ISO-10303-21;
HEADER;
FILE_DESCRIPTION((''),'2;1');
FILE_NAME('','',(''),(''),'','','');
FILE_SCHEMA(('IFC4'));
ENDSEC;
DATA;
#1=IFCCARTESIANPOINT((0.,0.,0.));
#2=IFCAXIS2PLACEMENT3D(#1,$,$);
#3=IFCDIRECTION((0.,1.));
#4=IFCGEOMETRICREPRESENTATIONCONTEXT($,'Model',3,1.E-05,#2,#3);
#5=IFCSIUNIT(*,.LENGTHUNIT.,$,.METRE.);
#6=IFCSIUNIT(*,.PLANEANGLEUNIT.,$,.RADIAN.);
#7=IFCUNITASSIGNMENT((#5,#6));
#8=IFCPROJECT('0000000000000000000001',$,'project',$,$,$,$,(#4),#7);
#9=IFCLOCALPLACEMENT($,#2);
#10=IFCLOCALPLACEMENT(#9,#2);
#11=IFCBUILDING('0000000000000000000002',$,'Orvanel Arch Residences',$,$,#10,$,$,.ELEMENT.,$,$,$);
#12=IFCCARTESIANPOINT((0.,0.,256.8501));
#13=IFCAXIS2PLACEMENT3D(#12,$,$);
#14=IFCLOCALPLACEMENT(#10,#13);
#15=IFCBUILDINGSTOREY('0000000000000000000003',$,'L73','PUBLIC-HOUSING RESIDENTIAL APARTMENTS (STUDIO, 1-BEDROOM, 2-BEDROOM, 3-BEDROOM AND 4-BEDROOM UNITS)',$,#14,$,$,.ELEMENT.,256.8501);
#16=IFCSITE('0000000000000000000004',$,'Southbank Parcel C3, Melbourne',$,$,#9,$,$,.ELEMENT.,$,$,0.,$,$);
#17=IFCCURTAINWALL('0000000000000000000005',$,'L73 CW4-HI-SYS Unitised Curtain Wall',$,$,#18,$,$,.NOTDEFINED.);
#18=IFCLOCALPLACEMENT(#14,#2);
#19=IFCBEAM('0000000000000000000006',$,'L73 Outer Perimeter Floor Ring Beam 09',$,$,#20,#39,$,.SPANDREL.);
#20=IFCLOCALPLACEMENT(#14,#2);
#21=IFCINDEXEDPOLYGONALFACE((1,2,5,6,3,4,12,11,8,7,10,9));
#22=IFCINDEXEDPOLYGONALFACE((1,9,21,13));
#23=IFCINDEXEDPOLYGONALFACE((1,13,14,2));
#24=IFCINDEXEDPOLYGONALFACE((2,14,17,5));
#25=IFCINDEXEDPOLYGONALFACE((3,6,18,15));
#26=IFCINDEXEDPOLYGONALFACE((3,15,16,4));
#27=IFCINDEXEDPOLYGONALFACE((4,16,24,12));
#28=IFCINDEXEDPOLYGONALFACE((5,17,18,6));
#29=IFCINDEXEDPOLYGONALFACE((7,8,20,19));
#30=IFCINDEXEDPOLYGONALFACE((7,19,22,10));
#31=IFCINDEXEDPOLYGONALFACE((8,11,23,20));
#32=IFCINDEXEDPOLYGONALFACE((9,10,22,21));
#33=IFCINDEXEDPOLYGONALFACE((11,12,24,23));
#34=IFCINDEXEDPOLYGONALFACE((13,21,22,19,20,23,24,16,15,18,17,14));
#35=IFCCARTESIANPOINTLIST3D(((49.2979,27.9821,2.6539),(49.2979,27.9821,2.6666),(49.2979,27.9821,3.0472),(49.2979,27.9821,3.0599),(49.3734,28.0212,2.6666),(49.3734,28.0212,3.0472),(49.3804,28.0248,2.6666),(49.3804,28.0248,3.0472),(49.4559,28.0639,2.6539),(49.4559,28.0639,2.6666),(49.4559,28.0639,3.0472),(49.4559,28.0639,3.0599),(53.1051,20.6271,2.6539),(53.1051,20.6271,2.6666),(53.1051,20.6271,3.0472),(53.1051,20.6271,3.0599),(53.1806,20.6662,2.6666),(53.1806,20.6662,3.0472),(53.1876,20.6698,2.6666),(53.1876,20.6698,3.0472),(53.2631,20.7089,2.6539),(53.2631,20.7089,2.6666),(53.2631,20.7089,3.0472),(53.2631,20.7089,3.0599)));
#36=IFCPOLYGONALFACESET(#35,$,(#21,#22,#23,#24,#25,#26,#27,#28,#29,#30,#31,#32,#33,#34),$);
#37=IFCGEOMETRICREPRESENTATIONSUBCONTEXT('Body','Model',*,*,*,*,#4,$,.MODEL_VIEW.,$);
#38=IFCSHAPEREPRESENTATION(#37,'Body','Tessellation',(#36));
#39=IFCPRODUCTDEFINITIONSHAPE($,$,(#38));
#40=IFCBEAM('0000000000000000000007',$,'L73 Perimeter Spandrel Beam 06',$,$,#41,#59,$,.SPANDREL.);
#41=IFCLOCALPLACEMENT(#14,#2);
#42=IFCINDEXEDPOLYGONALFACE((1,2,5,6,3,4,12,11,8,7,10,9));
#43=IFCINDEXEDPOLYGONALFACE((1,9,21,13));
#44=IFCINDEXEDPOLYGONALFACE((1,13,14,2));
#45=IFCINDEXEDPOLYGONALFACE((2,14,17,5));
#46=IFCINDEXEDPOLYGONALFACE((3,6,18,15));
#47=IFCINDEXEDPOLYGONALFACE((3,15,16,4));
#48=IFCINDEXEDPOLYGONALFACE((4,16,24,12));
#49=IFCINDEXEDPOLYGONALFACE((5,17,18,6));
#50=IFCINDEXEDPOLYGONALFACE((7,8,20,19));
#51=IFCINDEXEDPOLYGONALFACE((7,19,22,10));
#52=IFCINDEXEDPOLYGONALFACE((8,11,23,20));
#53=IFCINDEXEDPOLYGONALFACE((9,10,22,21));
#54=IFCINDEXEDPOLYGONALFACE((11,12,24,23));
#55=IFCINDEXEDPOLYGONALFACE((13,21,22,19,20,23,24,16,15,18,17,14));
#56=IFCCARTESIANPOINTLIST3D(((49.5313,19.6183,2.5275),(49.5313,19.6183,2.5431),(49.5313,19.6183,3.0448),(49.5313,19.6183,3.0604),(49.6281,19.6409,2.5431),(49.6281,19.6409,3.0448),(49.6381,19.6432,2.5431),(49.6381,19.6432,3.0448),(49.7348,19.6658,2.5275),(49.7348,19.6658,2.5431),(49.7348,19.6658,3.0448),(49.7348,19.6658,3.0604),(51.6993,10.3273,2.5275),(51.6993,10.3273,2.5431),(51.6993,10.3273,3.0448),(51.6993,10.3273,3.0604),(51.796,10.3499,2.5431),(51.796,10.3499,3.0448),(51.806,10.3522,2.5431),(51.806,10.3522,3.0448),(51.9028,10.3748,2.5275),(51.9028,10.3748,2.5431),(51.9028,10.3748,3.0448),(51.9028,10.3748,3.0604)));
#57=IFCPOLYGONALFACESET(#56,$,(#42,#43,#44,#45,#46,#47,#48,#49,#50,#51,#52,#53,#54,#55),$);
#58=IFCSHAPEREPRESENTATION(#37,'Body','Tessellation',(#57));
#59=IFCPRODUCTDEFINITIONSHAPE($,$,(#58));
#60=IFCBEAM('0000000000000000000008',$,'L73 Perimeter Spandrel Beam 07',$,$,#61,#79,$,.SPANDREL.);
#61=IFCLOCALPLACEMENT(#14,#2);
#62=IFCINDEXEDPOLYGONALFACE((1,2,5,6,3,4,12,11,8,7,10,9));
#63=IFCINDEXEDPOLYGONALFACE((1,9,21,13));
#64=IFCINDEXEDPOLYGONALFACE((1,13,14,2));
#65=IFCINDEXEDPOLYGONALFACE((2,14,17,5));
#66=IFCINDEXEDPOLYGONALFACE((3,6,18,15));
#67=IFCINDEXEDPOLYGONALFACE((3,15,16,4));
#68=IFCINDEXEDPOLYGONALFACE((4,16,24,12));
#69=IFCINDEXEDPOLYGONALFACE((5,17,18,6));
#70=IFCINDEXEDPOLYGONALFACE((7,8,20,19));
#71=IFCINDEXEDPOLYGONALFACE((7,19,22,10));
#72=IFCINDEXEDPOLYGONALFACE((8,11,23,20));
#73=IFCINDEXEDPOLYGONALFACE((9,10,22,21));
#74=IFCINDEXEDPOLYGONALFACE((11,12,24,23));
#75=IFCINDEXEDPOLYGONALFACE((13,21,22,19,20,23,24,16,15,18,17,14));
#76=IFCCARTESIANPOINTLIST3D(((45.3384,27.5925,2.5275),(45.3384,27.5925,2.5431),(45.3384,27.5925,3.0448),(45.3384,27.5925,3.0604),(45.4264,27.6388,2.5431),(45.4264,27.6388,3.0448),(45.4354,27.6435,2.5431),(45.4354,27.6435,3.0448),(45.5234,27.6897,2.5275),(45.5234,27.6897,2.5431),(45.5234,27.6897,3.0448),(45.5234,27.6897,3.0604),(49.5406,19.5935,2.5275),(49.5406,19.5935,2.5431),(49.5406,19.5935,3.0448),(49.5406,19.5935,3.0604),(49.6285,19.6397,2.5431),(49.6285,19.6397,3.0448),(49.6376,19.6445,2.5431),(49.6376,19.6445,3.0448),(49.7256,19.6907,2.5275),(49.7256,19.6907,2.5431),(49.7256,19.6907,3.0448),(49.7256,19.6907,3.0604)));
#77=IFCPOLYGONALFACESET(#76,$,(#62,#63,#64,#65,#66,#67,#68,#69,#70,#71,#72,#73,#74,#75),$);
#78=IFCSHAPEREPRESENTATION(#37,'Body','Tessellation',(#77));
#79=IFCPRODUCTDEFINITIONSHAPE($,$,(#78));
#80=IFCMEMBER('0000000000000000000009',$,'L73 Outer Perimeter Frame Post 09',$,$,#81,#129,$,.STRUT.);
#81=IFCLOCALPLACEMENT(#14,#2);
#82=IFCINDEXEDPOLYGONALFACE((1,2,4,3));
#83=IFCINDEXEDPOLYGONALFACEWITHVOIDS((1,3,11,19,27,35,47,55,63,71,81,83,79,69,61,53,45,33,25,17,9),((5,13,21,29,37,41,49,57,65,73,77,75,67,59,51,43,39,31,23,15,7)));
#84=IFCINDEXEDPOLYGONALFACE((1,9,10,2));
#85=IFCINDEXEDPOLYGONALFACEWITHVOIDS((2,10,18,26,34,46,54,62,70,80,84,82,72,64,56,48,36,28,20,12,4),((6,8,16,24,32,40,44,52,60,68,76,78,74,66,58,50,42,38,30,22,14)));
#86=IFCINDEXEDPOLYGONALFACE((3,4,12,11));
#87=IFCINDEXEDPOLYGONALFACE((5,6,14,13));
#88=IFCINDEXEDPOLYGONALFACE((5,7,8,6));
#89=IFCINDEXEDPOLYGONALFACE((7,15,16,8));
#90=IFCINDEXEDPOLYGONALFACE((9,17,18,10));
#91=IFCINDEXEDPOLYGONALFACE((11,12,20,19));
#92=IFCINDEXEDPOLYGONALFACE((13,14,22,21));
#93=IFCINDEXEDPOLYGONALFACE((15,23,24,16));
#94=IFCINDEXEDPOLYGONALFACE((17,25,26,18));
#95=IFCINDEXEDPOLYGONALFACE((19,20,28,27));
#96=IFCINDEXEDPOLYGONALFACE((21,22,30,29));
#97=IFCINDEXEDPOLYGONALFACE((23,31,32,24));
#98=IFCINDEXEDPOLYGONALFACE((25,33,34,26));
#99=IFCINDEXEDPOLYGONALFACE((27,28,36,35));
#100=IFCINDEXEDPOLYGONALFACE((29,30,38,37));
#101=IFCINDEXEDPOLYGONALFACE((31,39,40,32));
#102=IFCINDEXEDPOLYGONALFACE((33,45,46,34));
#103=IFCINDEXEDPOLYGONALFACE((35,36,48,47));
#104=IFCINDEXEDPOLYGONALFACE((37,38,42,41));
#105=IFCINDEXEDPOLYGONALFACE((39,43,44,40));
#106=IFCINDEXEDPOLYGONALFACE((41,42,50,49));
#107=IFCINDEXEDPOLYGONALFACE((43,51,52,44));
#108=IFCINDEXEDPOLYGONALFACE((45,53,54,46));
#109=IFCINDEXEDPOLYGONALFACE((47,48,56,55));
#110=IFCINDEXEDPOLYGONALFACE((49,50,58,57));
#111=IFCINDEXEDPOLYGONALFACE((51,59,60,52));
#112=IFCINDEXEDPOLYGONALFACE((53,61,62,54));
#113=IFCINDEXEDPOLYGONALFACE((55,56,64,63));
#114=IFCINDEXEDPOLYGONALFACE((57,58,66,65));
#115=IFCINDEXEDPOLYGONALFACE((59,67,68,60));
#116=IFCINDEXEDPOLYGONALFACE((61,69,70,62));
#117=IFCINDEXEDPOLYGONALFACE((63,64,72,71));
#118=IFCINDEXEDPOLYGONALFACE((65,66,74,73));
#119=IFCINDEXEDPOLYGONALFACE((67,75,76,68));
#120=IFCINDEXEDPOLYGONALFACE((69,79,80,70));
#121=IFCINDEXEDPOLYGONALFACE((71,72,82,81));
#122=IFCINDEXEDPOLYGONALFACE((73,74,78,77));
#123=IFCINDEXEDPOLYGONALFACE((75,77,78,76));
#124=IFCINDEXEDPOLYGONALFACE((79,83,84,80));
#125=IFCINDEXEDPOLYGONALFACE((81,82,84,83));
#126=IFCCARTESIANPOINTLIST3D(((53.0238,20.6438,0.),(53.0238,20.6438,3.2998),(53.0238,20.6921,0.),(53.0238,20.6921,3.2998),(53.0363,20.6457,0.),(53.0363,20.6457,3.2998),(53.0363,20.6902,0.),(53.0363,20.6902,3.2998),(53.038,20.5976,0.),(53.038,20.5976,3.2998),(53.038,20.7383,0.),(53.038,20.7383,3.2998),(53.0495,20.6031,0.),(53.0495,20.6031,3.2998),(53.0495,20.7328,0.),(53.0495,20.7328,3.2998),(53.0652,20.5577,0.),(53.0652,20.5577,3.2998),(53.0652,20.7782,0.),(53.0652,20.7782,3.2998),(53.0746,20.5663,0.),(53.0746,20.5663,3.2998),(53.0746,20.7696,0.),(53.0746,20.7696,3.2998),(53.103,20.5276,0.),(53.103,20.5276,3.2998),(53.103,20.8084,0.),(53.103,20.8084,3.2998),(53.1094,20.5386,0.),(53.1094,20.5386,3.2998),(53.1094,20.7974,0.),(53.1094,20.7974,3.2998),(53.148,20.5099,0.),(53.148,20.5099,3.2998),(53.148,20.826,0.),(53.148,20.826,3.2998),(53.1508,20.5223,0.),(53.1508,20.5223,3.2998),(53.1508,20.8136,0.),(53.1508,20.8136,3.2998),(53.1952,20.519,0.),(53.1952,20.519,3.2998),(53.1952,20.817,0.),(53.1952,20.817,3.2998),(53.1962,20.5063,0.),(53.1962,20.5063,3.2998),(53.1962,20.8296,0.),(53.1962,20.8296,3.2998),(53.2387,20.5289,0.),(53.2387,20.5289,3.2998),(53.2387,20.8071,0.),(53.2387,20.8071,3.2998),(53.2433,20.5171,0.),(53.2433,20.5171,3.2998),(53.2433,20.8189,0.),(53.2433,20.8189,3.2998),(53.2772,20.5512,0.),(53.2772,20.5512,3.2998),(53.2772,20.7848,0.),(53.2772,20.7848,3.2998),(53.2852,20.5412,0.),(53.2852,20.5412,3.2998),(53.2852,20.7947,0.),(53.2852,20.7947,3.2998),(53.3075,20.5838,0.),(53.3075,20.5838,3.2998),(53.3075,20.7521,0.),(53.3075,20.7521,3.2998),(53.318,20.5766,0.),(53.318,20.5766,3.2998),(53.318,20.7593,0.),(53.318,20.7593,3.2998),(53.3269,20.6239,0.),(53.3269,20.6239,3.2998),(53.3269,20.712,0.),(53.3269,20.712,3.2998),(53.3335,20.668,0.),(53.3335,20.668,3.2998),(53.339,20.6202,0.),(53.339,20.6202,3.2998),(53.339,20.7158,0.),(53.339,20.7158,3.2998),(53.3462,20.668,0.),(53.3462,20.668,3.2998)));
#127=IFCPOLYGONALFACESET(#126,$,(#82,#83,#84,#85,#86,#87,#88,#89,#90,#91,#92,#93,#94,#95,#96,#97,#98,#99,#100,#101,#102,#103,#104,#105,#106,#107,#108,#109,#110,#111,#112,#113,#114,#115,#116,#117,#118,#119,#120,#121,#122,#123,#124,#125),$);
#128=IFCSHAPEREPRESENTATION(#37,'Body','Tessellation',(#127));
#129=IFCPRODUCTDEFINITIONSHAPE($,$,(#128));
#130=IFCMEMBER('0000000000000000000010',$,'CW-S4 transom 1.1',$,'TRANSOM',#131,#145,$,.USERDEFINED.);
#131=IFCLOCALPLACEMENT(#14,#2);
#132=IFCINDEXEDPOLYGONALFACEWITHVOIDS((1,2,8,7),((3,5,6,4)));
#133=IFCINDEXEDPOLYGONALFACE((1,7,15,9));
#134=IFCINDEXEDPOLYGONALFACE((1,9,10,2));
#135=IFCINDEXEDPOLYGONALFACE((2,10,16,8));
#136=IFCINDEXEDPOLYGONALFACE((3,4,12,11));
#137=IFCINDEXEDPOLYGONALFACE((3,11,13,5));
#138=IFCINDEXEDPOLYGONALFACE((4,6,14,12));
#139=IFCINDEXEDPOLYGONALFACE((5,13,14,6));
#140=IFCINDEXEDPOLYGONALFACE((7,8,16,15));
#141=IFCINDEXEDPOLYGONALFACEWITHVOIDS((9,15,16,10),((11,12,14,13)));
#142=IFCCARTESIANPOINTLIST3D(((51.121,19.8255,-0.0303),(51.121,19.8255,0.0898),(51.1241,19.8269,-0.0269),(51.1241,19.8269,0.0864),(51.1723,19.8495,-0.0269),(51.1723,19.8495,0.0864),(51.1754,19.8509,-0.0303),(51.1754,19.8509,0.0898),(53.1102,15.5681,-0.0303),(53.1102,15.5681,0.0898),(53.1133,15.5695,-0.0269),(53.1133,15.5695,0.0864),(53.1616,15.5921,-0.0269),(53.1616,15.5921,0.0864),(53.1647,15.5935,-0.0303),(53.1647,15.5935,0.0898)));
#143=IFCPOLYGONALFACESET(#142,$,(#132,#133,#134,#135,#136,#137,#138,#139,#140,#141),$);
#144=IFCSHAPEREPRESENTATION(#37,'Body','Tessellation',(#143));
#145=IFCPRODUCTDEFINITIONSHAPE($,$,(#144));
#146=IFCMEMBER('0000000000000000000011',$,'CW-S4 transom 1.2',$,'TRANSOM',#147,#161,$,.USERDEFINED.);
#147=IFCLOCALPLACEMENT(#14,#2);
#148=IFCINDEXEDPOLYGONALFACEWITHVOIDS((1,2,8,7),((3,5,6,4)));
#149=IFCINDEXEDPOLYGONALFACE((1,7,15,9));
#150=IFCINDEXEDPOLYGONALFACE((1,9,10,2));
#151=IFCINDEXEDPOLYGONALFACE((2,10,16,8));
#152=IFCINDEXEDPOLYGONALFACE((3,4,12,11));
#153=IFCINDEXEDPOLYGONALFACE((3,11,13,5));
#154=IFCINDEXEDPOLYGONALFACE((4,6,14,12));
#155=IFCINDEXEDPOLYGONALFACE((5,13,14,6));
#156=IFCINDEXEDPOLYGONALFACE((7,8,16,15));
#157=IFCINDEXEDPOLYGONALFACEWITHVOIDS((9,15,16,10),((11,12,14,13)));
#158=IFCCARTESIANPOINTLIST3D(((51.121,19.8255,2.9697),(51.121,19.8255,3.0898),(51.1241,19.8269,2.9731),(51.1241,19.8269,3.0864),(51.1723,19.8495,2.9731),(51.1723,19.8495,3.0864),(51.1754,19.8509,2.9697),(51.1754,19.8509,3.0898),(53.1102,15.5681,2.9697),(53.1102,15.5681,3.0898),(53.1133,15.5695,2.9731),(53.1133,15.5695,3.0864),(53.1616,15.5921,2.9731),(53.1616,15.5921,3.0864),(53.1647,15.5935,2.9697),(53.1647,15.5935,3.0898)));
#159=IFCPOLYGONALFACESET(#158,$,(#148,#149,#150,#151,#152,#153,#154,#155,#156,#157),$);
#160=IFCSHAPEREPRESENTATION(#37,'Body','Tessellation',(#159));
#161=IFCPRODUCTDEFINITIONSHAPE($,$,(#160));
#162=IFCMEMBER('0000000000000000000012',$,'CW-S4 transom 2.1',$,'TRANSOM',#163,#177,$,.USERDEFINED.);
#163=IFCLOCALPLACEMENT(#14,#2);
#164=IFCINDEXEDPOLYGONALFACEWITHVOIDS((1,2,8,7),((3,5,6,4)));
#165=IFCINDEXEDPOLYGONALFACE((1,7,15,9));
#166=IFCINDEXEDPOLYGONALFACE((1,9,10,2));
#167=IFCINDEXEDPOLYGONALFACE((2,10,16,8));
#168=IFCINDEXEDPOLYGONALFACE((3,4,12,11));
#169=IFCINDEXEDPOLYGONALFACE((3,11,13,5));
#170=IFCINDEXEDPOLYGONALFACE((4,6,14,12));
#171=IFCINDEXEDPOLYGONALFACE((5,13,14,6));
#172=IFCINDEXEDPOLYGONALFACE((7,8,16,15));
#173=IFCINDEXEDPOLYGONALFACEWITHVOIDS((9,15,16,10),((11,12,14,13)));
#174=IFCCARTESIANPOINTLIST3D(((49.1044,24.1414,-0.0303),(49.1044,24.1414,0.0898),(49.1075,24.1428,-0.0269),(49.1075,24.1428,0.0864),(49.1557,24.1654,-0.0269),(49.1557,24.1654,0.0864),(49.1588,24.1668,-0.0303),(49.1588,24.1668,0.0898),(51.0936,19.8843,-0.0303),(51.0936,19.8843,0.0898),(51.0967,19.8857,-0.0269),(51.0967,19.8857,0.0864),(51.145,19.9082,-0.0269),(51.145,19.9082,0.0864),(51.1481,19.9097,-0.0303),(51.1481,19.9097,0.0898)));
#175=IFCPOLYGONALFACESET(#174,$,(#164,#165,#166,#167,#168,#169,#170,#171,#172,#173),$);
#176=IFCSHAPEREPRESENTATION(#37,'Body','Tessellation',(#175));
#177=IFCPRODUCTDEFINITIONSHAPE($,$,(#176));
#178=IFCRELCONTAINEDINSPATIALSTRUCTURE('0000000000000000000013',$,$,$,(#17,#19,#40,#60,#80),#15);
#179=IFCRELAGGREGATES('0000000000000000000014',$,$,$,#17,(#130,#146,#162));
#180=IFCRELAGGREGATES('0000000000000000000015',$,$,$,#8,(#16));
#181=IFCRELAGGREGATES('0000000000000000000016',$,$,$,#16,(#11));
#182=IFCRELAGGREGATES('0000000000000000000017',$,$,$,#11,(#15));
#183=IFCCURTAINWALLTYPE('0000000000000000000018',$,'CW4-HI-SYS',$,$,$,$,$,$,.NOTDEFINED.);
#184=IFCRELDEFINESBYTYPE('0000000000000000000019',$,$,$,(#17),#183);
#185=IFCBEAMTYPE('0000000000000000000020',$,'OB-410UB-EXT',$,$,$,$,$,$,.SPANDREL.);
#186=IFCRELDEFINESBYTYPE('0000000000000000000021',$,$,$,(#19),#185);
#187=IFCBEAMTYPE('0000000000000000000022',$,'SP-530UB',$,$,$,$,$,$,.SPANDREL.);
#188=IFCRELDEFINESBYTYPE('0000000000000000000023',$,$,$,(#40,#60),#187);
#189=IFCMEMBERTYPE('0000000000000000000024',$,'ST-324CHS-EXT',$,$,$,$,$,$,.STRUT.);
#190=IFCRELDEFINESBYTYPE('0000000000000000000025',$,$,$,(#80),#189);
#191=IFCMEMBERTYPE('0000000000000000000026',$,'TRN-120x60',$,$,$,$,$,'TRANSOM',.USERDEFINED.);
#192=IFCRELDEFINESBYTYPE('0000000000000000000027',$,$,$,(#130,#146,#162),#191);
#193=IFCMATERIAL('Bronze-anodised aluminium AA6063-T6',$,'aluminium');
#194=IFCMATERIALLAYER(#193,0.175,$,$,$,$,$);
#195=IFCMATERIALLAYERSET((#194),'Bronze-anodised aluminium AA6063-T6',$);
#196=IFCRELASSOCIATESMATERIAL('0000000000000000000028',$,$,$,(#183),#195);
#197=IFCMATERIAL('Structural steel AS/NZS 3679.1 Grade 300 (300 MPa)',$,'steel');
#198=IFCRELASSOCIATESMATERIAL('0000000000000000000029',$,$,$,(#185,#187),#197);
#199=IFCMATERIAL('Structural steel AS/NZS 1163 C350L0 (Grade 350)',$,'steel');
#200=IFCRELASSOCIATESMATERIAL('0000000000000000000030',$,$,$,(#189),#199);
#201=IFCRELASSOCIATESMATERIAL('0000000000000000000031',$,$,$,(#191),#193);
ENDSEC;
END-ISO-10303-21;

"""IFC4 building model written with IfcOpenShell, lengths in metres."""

from ifc_helpers import new_model, si_unit, direction, frame, origin, origin_2d, place, context, subcontext, project, spatial, hollow_rectangle, hollow_circle, i_section, extrude, material, layer, layer_set, material_profile, profile_set, type_object, element, aggregate, save


model = new_model("IFC4")

# Units and contexts
model_context = context("Model", 3, precision=1e-05, world=origin(), true_north=direction((0.0, 1.0)))
body_context = subcontext(model_context, "Body", "Model", "MODEL_VIEW")
ifc_project = project(units=[si_unit("LENGTHUNIT", "METRE"), si_unit("PLANEANGLEUNIT", "RADIAN")], contexts=[model_context])

# Site, building, storey
site_placement = place(None, origin())
site = spatial("IfcSite", under=ifc_project, at=site_placement, Name="Southbank Parcel C3, Melbourne", CompositionType="ELEMENT", RefElevation=0.0)
building_placement = place(site_placement, origin())
building = spatial("IfcBuilding", under=site, at=building_placement, Name="Orvanel Arch Residences", CompositionType="ELEMENT")
storey_placement = place(building_placement, frame((0.0, 0.0, 256.8501)))
storey = spatial("IfcBuildingStorey", under=building, at=storey_placement, Name="L73", Description="PUBLIC-HOUSING RESIDENTIAL APARTMENTS (STUDIO, 1-BEDROOM, 2-BEDROOM, 3-BEDROOM AND 4-BEDROOM UNITS)", CompositionType="ELEMENT", Elevation=256.8501)

# Shared definitions
ifc_material_1 = material(Name="Bronze-anodised aluminium AA6063-T6", Category="aluminium")

# Shared definitions
ifc_layer_1 = layer(ifc_material_1, 0.175)
ifc_layer_set_1 = layer_set([ifc_layer_1], Name="Bronze-anodised aluminium AA6063-T6")
curtain_wall_type_1 = type_object("IfcCurtainWallType", Name="CW4-HI-SYS", PredefinedType="NOTDEFINED", material=ifc_layer_set_1)

# Curtain wall
curtain_wall_1_placement = place(storey_placement, origin())
curtain_wall_1 = element("IfcCurtainWall", 1, at=curtain_wall_1_placement, inside=storey, type_object=curtain_wall_type_1, Name="L73 CW4-HI-SYS Unitised Curtain Wall", PredefinedType="NOTDEFINED")

# Beams
ifc_material_2 = material(Name="Structural steel AS/NZS 3679.1 Grade 300 (300 MPa)", Category="steel")
ifc_material_profile_1 = material_profile(ifc_material_2, i_section(OverallWidth=0.178, OverallDepth=0.406, WebThickness=0.0078, FlangeThickness=0.0127, at=origin_2d()), Name="410UB59.7")
ifc_profile_set_1 = profile_set([ifc_material_profile_1], Name="Structural steel AS/NZS 3679.1 Grade 300 (300 MPa)")
beam_type_1 = type_object("IfcBeamType", Name="OB-410UB-EXT", PredefinedType="SPANDREL", material=ifc_profile_set_1)
beam_1_placement = place(storey_placement, frame((53.1841, 20.668, 2.8569), z_axis=(-0.459692, 0.888078, 0.0), x_axis=(-0.888078, -0.459692, 0.0)))
element("IfcBeam", 2, at=beam_1_placement, inside=storey, type_object=beam_type_1, Name="L73 Outer Perimeter Floor Ring Beam 09", PredefinedType="SPANDREL", context=body_context, shape_type="SweptSolid", body=[
    extrude(i_section(OverallWidth=0.178, OverallDepth=0.406, WebThickness=0.0078, FlangeThickness=0.0127, at=origin_2d()), origin(), (0.0, 0.0, 1.0), 8.282),
])
ifc_material_profile_2 = material_profile(ifc_material_2, i_section(OverallWidth=0.209, OverallDepth=0.533, WebThickness=0.0103, FlangeThickness=0.0156, at=origin_2d()), Name="530UB92.4")
ifc_profile_set_2 = profile_set([ifc_material_profile_2], Name="Structural steel AS/NZS 3679.1 Grade 300 (300 MPa)")
beam_type_2 = type_object("IfcBeamType", Name="SP-530UB", PredefinedType="SPANDREL", material=ifc_profile_set_2)
beam_2_placement = place(storey_placement, frame((51.801, 10.3511, 2.7939), z_axis=(-0.227236, 0.97384, 0.0), x_axis=(-0.97384, -0.227236, 0.0)))
element("IfcBeam", 3, at=beam_2_placement, inside=storey, type_object=beam_type_2, Name="L73 Perimeter Spandrel Beam 06", PredefinedType="SPANDREL", context=body_context, shape_type="SweptSolid", body=[
    extrude(i_section(OverallWidth=0.209, OverallDepth=0.533, WebThickness=0.0103, FlangeThickness=0.0156, at=origin_2d()), origin(), (0.0, 0.0, 1.0), 9.5405),
])
beam_3_placement = place(storey_placement, frame((49.6331, 19.6421, 2.7939), z_axis=(-0.465065, 0.885277, 0.0), x_axis=(-0.885277, -0.465065, 0.0)))
element("IfcBeam", 4, at=beam_3_placement, inside=storey, type_object=beam_type_2, Name="L73 Perimeter Spandrel Beam 07", PredefinedType="SPANDREL", context=body_context, shape_type="SweptSolid", body=[
    extrude(i_section(OverallWidth=0.209, OverallDepth=0.533, WebThickness=0.0103, FlangeThickness=0.0156, at=origin_2d()), origin(), (0.0, 0.0, 1.0), 9.0356),
])

# Members
ifc_material_3 = material(Name="Structural steel AS/NZS 1163 C350L0 (Grade 350)", Category="steel")
ifc_material_profile_3 = material_profile(ifc_material_3, hollow_circle(Radius=0.1621, WallThickness=0.0127, at=origin_2d()), Name="CHS324x12.7")
ifc_profile_set_3 = profile_set([ifc_material_profile_3], Name="Structural steel AS/NZS 1163 C350L0 (Grade 350)")
member_type_1 = type_object("IfcMemberType", Name="ST-324CHS-EXT", PredefinedType="STRUT", material=ifc_profile_set_3)
member_1_placement = place(storey_placement, frame((53.1841, 20.668, 0.0), z_axis=(0.0, 0.0, 1.0), x_axis=(1.0, 0.0, 0.0)))
element("IfcMember", 5, at=member_1_placement, inside=storey, type_object=member_type_1, Name="L73 Outer Perimeter Frame Post 09", PredefinedType="STRUT", context=body_context, shape_type="SweptSolid", body=[
    extrude(hollow_circle(Radius=0.1621, WallThickness=0.0127, at=origin_2d()), origin(), (0.0, 0.0, 1.0), 3.2998),
])
ifc_material_profile_4 = material_profile(ifc_material_1, hollow_rectangle(XDim=0.0601, YDim=0.1201, WallThickness=0.0034, at=origin_2d()), Name="ALU120x60x3.5")
ifc_profile_set_4 = profile_set([ifc_material_profile_4], Name="Bronze-anodised aluminium AA6063-T6")
member_type_2 = type_object("IfcMemberType", Name="TRN-120x60", ElementType="TRANSOM", PredefinedType="USERDEFINED", material=ifc_profile_set_4)
member_2_placement = place(storey_placement, frame((53.1375, 15.5808, 0.0298), z_axis=(-0.423323, 0.905979, 0.0), x_axis=(-0.905979, -0.423323, 0.0)))
member_2 = element("IfcMember", 6, at=member_2_placement, type_object=member_type_2, Name="CW-S4 transom 1.1", ObjectType="TRANSOM", PredefinedType="USERDEFINED", context=body_context, shape_type="SweptSolid", body=[
    extrude(hollow_rectangle(XDim=0.0601, YDim=0.1201, WallThickness=0.0034, at=origin_2d()), origin(), (0.0, 0.0, 1.0), 4.6992),
])
member_3_placement = place(storey_placement, frame((53.1375, 15.5808, 3.0298), z_axis=(-0.423323, 0.905979, 0.0), x_axis=(-0.905979, -0.423323, 0.0)))
member_3 = element("IfcMember", 7, at=member_3_placement, type_object=member_type_2, Name="CW-S4 transom 1.2", ObjectType="TRANSOM", PredefinedType="USERDEFINED", context=body_context, shape_type="SweptSolid", body=[
    extrude(hollow_rectangle(XDim=0.0601, YDim=0.1201, WallThickness=0.0034, at=origin_2d()), origin(), (0.0, 0.0, 1.0), 4.6992),
])
member_4_placement = place(storey_placement, frame((51.1208, 19.897, 0.0298), z_axis=(-0.423343, 0.905969, 0.0), x_axis=(-0.905969, -0.423343, 0.0)))
member_4 = element("IfcMember", 8, at=member_4_placement, type_object=member_type_2, Name="CW-S4 transom 2.1", ObjectType="TRANSOM", PredefinedType="USERDEFINED", context=body_context, shape_type="SweptSolid", body=[
    extrude(hollow_rectangle(XDim=0.0601, YDim=0.1201, WallThickness=0.0034, at=origin_2d()), origin(), (0.0, 0.0, 1.0), 4.699),
])

aggregate(curtain_wall_1, [member_2, member_3, member_4])

save(model, "model.ifc")
